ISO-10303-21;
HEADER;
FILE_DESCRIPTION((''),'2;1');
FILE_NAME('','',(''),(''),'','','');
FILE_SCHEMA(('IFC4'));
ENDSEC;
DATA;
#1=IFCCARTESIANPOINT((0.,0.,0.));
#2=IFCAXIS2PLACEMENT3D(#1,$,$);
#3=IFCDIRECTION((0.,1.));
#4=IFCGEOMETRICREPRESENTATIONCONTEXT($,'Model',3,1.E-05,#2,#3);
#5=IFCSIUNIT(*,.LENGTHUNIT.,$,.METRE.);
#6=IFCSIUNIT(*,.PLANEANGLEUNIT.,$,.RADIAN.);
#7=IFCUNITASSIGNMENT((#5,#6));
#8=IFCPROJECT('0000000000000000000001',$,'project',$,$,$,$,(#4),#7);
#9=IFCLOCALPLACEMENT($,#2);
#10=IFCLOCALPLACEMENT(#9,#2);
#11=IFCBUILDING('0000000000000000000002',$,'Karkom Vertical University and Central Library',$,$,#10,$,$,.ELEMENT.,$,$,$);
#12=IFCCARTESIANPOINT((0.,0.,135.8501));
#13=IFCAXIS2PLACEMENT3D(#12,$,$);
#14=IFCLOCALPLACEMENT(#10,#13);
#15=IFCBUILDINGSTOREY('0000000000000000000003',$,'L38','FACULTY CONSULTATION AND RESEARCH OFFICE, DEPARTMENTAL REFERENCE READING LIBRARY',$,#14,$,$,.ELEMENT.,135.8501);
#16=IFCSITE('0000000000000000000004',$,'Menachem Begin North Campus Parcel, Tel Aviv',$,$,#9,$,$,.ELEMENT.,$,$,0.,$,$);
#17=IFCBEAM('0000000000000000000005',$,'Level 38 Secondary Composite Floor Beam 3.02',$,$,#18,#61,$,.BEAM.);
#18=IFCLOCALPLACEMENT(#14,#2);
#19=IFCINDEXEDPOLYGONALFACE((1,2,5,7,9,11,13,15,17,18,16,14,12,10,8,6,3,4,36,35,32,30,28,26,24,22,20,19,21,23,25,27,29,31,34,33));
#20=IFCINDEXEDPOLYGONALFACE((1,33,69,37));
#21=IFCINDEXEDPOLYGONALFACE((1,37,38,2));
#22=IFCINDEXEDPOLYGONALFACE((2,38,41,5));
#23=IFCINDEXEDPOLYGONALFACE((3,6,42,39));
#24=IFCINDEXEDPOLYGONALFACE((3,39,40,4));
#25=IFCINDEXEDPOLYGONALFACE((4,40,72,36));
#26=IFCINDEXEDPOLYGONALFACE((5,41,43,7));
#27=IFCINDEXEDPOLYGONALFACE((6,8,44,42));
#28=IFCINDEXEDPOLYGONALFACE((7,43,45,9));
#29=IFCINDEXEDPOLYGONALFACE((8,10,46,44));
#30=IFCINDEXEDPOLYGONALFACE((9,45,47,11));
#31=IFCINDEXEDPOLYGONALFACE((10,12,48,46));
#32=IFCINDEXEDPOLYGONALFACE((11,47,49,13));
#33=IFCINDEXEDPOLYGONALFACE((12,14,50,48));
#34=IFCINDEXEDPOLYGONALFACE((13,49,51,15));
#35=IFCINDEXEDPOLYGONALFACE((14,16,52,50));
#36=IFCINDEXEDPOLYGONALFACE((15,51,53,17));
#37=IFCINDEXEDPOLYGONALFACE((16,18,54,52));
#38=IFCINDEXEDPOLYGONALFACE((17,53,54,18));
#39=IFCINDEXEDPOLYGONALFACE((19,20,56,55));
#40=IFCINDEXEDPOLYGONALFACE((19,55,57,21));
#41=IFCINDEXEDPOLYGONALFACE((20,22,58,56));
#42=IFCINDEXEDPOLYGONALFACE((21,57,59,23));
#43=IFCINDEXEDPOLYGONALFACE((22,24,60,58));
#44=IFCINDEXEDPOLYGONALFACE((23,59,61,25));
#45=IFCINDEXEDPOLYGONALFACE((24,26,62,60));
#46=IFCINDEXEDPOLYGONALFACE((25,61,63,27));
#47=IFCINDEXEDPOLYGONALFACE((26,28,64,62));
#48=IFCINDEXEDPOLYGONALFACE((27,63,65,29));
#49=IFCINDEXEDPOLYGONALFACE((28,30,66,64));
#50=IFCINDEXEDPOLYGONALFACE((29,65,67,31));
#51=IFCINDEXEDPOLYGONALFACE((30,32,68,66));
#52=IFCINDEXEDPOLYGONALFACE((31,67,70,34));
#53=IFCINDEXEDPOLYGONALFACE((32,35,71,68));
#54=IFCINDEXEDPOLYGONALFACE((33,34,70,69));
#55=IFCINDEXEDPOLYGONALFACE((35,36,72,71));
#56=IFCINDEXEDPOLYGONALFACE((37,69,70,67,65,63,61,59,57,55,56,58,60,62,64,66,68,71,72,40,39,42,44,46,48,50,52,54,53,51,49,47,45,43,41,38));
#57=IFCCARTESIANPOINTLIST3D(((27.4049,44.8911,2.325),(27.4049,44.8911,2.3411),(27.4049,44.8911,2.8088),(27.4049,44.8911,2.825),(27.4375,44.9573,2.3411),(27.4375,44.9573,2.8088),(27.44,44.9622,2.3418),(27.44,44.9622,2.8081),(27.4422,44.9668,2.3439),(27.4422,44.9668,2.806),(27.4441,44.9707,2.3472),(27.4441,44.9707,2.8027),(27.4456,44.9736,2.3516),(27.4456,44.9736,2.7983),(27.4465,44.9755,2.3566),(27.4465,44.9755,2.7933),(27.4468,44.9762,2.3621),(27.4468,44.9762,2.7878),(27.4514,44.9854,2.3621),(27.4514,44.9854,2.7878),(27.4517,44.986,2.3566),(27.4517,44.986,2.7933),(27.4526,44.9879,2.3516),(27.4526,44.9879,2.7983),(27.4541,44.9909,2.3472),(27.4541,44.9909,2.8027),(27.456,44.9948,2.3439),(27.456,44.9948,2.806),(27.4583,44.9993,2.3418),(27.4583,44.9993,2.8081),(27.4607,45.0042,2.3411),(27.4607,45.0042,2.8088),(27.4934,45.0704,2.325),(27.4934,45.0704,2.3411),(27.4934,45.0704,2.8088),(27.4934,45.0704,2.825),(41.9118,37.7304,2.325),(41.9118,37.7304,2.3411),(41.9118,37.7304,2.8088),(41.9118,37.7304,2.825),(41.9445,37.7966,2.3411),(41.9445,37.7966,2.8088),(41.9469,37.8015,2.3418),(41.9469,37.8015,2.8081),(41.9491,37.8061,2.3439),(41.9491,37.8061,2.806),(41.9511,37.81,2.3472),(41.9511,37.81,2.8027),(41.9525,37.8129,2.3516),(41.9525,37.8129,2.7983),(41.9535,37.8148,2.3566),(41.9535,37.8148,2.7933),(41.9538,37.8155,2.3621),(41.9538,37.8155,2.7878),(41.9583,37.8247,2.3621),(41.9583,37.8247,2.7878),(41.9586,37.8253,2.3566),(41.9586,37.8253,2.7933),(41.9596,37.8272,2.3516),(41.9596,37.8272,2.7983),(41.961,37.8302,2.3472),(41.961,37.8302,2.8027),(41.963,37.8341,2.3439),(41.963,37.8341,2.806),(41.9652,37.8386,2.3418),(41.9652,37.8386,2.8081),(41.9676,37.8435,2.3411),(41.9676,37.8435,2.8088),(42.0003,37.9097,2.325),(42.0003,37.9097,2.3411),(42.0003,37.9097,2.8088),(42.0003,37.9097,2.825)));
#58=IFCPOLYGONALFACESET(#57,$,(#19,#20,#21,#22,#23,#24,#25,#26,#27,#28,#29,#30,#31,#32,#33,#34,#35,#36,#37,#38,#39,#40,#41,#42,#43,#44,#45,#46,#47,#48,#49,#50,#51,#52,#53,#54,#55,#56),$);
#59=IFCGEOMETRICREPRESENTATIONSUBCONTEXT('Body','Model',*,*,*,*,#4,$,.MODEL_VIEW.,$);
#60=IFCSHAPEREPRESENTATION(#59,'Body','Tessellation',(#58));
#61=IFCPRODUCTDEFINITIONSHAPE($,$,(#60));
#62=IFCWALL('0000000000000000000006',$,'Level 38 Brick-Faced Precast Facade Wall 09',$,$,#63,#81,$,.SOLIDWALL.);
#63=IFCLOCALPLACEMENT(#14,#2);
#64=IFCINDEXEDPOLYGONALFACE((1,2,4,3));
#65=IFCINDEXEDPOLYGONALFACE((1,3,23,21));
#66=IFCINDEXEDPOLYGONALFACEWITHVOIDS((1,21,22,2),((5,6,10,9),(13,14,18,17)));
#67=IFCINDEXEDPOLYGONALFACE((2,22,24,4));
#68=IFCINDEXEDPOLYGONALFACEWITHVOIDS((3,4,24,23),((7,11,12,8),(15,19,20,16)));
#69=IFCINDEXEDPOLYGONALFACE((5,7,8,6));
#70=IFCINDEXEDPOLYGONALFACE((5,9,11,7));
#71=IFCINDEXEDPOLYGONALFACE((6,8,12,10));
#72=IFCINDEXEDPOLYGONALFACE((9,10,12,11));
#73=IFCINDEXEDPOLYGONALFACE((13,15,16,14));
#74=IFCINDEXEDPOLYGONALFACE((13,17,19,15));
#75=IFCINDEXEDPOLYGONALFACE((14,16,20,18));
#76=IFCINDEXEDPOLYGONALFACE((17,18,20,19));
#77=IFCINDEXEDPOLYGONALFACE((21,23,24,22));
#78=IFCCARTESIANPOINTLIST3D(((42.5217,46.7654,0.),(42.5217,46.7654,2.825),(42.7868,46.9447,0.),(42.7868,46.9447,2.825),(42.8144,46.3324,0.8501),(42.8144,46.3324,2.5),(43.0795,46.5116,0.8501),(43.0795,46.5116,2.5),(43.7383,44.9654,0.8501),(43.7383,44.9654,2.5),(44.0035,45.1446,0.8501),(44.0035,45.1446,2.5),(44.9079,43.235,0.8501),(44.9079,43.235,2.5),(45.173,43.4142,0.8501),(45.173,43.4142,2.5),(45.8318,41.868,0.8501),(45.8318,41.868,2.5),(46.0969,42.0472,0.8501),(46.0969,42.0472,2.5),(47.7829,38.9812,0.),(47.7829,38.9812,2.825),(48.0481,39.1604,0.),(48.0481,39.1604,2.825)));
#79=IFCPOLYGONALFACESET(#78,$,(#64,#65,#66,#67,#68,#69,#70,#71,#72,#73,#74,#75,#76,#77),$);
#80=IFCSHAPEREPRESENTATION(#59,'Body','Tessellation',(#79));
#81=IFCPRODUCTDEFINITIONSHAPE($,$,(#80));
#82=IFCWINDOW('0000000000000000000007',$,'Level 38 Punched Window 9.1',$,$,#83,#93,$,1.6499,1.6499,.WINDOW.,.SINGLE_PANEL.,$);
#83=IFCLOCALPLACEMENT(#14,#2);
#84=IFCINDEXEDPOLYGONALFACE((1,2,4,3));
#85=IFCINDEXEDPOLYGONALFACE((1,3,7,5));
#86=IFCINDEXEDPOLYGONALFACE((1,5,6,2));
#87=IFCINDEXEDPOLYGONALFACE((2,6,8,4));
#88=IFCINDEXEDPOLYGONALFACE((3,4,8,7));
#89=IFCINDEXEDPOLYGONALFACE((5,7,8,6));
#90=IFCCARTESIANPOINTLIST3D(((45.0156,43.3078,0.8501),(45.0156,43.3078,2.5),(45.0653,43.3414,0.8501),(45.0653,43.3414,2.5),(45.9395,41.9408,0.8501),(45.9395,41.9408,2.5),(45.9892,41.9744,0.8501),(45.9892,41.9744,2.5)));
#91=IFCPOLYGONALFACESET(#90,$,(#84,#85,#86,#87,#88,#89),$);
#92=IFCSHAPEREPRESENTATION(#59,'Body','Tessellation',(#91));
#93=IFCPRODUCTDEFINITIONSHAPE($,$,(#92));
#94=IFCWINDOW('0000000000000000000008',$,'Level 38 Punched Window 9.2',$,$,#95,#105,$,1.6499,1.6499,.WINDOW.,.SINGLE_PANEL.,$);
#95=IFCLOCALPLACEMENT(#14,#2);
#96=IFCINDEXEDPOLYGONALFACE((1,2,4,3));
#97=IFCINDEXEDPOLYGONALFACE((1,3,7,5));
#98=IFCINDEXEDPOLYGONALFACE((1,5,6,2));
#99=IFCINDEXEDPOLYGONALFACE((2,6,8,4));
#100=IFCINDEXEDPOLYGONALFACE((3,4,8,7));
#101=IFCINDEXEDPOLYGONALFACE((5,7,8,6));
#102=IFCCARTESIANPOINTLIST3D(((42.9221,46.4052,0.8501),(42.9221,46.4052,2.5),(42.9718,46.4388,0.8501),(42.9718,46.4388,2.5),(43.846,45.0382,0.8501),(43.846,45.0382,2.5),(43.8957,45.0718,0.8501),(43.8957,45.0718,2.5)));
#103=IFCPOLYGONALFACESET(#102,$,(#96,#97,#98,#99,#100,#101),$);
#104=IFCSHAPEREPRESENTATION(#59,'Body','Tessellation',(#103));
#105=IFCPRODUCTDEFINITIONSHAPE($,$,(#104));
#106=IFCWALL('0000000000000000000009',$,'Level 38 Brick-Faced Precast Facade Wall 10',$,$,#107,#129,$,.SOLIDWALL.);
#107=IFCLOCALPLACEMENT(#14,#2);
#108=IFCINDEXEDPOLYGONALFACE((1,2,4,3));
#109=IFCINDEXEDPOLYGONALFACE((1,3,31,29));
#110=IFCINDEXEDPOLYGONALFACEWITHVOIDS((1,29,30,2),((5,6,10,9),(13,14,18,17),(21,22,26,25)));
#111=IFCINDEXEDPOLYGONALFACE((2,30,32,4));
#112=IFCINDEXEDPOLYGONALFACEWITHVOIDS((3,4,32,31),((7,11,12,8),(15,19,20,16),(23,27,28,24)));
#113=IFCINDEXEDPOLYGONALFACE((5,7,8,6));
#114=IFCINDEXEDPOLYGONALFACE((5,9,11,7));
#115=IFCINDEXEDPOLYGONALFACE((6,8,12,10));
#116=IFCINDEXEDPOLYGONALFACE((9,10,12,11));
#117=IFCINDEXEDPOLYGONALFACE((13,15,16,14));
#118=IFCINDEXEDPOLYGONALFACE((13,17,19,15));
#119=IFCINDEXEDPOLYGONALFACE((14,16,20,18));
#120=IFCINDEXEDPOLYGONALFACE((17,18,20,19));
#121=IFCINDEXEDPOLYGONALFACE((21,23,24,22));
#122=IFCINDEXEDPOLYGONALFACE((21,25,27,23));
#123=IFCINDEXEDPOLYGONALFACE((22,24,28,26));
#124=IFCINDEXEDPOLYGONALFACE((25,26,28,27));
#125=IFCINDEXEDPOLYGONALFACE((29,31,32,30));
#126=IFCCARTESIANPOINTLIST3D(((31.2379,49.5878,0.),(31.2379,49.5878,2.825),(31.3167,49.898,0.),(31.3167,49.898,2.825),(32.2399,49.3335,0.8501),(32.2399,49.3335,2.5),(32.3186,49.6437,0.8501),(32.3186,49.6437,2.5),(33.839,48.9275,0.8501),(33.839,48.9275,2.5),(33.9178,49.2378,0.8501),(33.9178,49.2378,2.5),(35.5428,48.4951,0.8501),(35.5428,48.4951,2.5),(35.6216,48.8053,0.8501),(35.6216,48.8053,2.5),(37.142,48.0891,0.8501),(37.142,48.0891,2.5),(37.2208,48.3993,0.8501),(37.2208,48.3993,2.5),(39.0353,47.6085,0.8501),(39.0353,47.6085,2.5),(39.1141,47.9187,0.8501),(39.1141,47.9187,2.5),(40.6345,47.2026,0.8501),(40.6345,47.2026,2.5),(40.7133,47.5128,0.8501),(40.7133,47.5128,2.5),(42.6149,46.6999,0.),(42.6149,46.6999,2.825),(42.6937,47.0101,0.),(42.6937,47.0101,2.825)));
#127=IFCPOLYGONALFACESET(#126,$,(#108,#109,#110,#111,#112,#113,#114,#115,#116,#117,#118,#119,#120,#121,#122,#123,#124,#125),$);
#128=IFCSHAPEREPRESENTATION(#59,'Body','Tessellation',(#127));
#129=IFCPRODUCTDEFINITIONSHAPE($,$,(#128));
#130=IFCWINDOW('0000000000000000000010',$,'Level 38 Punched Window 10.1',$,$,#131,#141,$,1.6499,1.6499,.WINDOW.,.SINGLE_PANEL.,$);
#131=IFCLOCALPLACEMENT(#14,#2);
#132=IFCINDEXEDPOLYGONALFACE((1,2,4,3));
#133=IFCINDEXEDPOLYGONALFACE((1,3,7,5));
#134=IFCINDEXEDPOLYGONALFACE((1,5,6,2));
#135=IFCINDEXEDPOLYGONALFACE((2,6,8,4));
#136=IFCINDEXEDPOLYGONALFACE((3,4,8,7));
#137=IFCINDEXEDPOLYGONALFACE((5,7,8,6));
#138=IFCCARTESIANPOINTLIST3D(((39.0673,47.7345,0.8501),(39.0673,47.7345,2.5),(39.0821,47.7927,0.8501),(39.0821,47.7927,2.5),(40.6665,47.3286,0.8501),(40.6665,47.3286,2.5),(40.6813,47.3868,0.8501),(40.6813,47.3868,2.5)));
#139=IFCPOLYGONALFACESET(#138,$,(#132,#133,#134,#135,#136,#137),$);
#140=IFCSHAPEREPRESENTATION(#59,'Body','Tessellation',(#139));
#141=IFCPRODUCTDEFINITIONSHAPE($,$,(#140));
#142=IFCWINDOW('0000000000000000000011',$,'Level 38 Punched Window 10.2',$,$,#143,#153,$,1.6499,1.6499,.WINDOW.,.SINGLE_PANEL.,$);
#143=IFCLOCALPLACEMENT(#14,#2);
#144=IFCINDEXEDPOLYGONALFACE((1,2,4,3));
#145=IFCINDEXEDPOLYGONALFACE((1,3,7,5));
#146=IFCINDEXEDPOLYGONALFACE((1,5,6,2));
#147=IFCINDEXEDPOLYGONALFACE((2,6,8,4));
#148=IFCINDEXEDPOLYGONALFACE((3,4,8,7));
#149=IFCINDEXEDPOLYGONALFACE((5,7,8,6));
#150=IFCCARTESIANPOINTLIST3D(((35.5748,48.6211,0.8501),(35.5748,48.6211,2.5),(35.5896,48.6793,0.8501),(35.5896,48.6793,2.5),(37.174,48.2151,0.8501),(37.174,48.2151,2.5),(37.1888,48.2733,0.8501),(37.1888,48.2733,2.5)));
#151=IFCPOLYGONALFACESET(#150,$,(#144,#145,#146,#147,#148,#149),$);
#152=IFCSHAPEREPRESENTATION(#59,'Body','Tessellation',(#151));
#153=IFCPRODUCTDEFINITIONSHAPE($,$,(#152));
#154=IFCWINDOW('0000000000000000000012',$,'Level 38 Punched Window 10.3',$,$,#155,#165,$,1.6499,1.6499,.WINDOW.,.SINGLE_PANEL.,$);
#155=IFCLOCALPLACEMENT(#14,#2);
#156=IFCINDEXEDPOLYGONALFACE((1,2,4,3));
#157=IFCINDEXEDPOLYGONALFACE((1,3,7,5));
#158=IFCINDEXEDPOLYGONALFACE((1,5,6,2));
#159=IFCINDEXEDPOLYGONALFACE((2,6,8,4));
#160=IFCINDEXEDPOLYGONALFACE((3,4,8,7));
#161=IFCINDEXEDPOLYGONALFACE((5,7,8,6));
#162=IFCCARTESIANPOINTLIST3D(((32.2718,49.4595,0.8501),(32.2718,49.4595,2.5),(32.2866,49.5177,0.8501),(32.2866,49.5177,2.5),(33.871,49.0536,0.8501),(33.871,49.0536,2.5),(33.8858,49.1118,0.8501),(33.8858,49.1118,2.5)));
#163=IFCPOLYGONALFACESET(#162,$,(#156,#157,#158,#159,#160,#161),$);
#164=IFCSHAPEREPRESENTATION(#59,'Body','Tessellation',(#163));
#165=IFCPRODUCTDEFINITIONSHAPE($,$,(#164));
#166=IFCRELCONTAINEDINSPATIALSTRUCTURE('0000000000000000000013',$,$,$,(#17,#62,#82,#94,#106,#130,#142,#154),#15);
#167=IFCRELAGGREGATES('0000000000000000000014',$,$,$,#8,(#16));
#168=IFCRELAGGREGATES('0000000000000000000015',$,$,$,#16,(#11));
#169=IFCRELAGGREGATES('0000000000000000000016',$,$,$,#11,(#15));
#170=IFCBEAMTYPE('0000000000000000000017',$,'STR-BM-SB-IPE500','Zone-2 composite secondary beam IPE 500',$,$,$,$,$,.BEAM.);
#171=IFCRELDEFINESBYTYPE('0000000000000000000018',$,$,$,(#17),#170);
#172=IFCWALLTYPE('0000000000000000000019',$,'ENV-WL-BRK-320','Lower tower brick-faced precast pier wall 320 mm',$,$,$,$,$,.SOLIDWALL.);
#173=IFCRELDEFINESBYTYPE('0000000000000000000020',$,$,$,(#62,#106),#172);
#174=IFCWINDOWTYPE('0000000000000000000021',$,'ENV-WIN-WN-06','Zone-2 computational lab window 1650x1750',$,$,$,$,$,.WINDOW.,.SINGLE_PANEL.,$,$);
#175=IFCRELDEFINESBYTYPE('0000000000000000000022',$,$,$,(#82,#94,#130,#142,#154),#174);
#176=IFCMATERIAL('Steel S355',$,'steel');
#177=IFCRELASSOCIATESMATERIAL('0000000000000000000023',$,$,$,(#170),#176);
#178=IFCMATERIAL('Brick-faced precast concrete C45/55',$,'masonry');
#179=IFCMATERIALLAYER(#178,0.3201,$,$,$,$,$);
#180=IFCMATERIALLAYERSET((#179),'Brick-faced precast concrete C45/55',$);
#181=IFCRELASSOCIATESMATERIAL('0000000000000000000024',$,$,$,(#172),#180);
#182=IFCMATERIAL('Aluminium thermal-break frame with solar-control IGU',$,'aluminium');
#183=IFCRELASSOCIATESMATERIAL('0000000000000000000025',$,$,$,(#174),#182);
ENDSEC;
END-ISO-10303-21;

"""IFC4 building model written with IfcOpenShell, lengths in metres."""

from ifc_helpers import new_model, si_unit, direction, frame, frame_2d, origin, origin_with_axes, origin_2d, place, context, subcontext, project, spatial, rectangle, i_section, extrude, source, transform, mapped, material, layer, layer_set, material_profile, profile_set, type_object, element, fill, save


model = new_model("IFC4")

# Units and contexts
model_context = context("Model", 3, precision=1e-05, world=origin(), true_north=direction((0.0, 1.0)))
body_context = subcontext(model_context, "Body", "Model", "MODEL_VIEW")
ifc_project = project(units=[si_unit("LENGTHUNIT", "METRE"), si_unit("PLANEANGLEUNIT", "RADIAN")], contexts=[model_context])

# Site, building, storey
site_placement = place(None, origin())
site = spatial("IfcSite", under=ifc_project, at=site_placement, Name="Menachem Begin North Campus Parcel, Tel Aviv", CompositionType="ELEMENT", RefElevation=0.0)
building_placement = place(site_placement, origin())
building = spatial("IfcBuilding", under=site, at=building_placement, Name="Karkom Vertical University and Central Library", CompositionType="ELEMENT")
storey_placement = place(building_placement, frame((0.0, 0.0, 135.8501)))
storey = spatial("IfcBuildingStorey", under=building, at=storey_placement, Name="L38", Description="FACULTY CONSULTATION AND RESEARCH OFFICE, DEPARTMENTAL REFERENCE READING LIBRARY", CompositionType="ELEMENT", Elevation=135.8501)

# Beam
ifc_material_1 = material(Name="Steel S355", Category="steel")
ifc_material_profile_1 = material_profile(ifc_material_1, i_section(OverallWidth=0.2, OverallDepth=0.5, WebThickness=0.0103, FlangeThickness=0.0161, FilletRadius=0.021, at=origin_2d()), Name="IPE 500")
ifc_profile_set_1 = profile_set([ifc_material_profile_1], Name="Steel S355")
beam_type_1 = type_object("IfcBeamType", Name="STR-BM-SB-IPE500", Description="Zone-2 composite secondary beam IPE 500", PredefinedType="BEAM", material=ifc_profile_set_1)
shared_shape_1 = source(origin_with_axes(), body_context, "Body", "SweptSolid", [
    extrude(i_section(OverallWidth=0.2, OverallDepth=0.5, WebThickness=0.0103, FlangeThickness=0.0161, FilletRadius=0.021, at=origin_2d()), origin(), (0.0, 0.0, 1.0), 16.178),
])
beam_1_placement = place(storey_placement, frame((41.9561, 37.8201, 2.575), z_axis=(-0.896709, 0.44262, 0.0), x_axis=(-0.44262, -0.896709, 0.0)))
element("IfcBeam", 1, at=beam_1_placement, inside=storey, type_object=beam_type_1, Name="Level 38 Secondary Composite Floor Beam 3.02", PredefinedType="BEAM", context=body_context, shape_type="MappedRepresentation", body=[
    mapped(shared_shape_1, transform((0.0, 0.0, 0.0), scale=1.0)),
])

# Walls, openings, windows
ifc_material_2 = material(Name="Brick-faced precast concrete C45/55", Category="masonry")
ifc_layer_1 = layer(ifc_material_2, 0.3201)
ifc_layer_set_1 = layer_set([ifc_layer_1], Name="Brick-faced precast concrete C45/55")
wall_type_1 = type_object("IfcWallType", Name="ENV-WL-BRK-320", Description="Lower tower brick-faced precast pier wall 320 mm", PredefinedType="SOLIDWALL", material=ifc_layer_set_1)
wall_1_placement = place(storey_placement, frame((47.9155, 39.0708, 0.0), z_axis=(0.0, 0.0, 1.0), x_axis=(-0.559978, 0.828508, 0.0)))
wall_1 = element("IfcWall", 2, at=wall_1_placement, inside=storey, type_object=wall_type_1, Name="Level 38 Brick-Faced Precast Facade Wall 09", PredefinedType="SOLIDWALL", context=body_context, shape_type="SweptSolid", body=[
    extrude(rectangle(XDim=9.3955, YDim=0.3201, at=frame_2d((4.6978, 0.0))), origin(), (0.0, 0.0, 1.0), 2.825),
])
opening_1_placement = place(wall_1_placement, frame((3.4844, 0.0, 0.8501)))
opening_1 = element("IfcOpeningElement", 3, at=opening_1_placement, cuts=wall_1, PredefinedType="OPENING", context=body_context, shape_type="SweptSolid", body=[
    extrude(rectangle(XDim=1.6499, YDim=1.6499, at=frame_2d((0.825, 0.825))), frame((0.0, 0.1699, 0.0), z_axis=(0.0, -1.0, 0.0), x_axis=(1.0, 0.0, 0.0)), (0.0, 0.0, 1.0), 0.3401),
])
opening_2_placement = place(wall_1_placement, frame((7.2229, 0.0, 0.8501)))
opening_2 = element("IfcOpeningElement", 4, at=opening_2_placement, cuts=wall_1, PredefinedType="OPENING", context=body_context, shape_type="SweptSolid", body=[
    extrude(rectangle(XDim=1.6499, YDim=1.6499, at=frame_2d((0.825, 0.825))), frame((0.0, 0.1699, 0.0), z_axis=(0.0, -1.0, 0.0), x_axis=(1.0, 0.0, 0.0)), (0.0, 0.0, 1.0), 0.3401),
])
ifc_material_3 = material(Name="Aluminium thermal-break frame with solar-control IGU", Category="aluminium")
window_type = type_object("IfcWindowType", Name="ENV-WIN-WN-06", Description="Zone-2 computational lab window 1650x1750", PartitioningType="SINGLE_PANEL", PredefinedType="WINDOW", material=ifc_material_3)
shared_shape_2 = source(origin_with_axes(), body_context, "Body", "SweptSolid", [
    extrude(rectangle(XDim=1.6499, YDim=1.6499, at=frame_2d((0.825, 0.825))), frame((0.0, 0.03, 0.0), z_axis=(0.0, -1.0, 0.0), x_axis=(1.0, 0.0, 0.0)), (0.0, 0.0, 1.0), 0.0601),
])
window_1_placement = place(opening_1_placement, origin())
window_1 = element("IfcWindow", 5, at=window_1_placement, inside=storey, type_object=window_type, Name="Level 38 Punched Window 9.1", OverallHeight=1.6499, OverallWidth=1.6499, PartitioningType="SINGLE_PANEL", PredefinedType="WINDOW", context=body_context, shape_type="MappedRepresentation", body=[
    mapped(shared_shape_2, transform((0.0, 0.0, 0.0), scale=1.0)),
])
fill(opening_1, window_1)
window_2_placement = place(opening_2_placement, origin())
window_2 = element("IfcWindow", 6, at=window_2_placement, inside=storey, type_object=window_type, Name="Level 38 Punched Window 9.2", OverallHeight=1.6499, OverallWidth=1.6499, PartitioningType="SINGLE_PANEL", PredefinedType="WINDOW", context=body_context, shape_type="MappedRepresentation", body=[
    mapped(shared_shape_2, transform((0.0, 0.0, 0.0), scale=1.0)),
])
fill(opening_2, window_2)
wall_2_placement = place(storey_placement, frame((42.6543, 46.855, 0.0), z_axis=(0.0, 0.0, 1.0), x_axis=(-0.96926, 0.246038, 0.0)))
wall_2 = element("IfcWall", 7, at=wall_2_placement, inside=storey, type_object=wall_type_1, Name="Level 38 Brick-Faced Precast Facade Wall 10", PredefinedType="SOLIDWALL", context=body_context, shape_type="SweptSolid", body=[
    extrude(rectangle(XDim=11.7378, YDim=0.3201, at=frame_2d((5.8689, 0.0))), origin(), (0.0, 0.0, 1.0), 2.825),
])
opening_3_placement = place(wall_2_placement, frame((2.0432, 0.0, 0.8501)))
opening_3 = element("IfcOpeningElement", 8, at=opening_3_placement, cuts=wall_2, PredefinedType="OPENING", context=body_context, shape_type="SweptSolid", body=[
    extrude(rectangle(XDim=1.6499, YDim=1.6499, at=frame_2d((0.825, 0.825))), frame((0.0, 0.1699, 0.0), z_axis=(0.0, -1.0, 0.0), x_axis=(1.0, 0.0, 0.0)), (0.0, 0.0, 1.0), 0.3401),
])
opening_4_placement = place(wall_2_placement, frame((5.6465, 0.0, 0.8501)))
opening_4 = element("IfcOpeningElement", 9, at=opening_4_placement, cuts=wall_2, PredefinedType="OPENING", context=body_context, shape_type="SweptSolid", body=[
    extrude(rectangle(XDim=1.6499, YDim=1.6499, at=frame_2d((0.825, 0.825))), frame((0.0, 0.1699, 0.0), z_axis=(0.0, -1.0, 0.0), x_axis=(1.0, 0.0, 0.0)), (0.0, 0.0, 1.0), 0.3401),
])
opening_5_placement = place(wall_2_placement, frame((9.0542, 0.0, 0.8501)))
opening_5 = element("IfcOpeningElement", 10, at=opening_5_placement, cuts=wall_2, PredefinedType="OPENING", context=body_context, shape_type="SweptSolid", body=[
    extrude(rectangle(XDim=1.6499, YDim=1.6499, at=frame_2d((0.825, 0.825))), frame((0.0, 0.1699, 0.0), z_axis=(0.0, -1.0, 0.0), x_axis=(1.0, 0.0, 0.0)), (0.0, 0.0, 1.0), 0.3401),
])
window_3_placement = place(opening_3_placement, origin())
window_3 = element("IfcWindow", 11, at=window_3_placement, inside=storey, type_object=window_type, Name="Level 38 Punched Window 10.1", OverallHeight=1.6499, OverallWidth=1.6499, PartitioningType="SINGLE_PANEL", PredefinedType="WINDOW", context=body_context, shape_type="MappedRepresentation", body=[
    mapped(shared_shape_2, transform((0.0, 0.0, 0.0), scale=1.0)),
])
fill(opening_3, window_3)
window_4_placement = place(opening_4_placement, origin())
window_4 = element("IfcWindow", 12, at=window_4_placement, inside=storey, type_object=window_type, Name="Level 38 Punched Window 10.2", OverallHeight=1.6499, OverallWidth=1.6499, PartitioningType="SINGLE_PANEL", PredefinedType="WINDOW", context=body_context, shape_type="MappedRepresentation", body=[
    mapped(shared_shape_2, transform((0.0, 0.0, 0.0), scale=1.0)),
])
fill(opening_4, window_4)
window_5_placement = place(opening_5_placement, origin())
window_5 = element("IfcWindow", 13, at=window_5_placement, inside=storey, type_object=window_type, Name="Level 38 Punched Window 10.3", OverallHeight=1.6499, OverallWidth=1.6499, PartitioningType="SINGLE_PANEL", PredefinedType="WINDOW", context=body_context, shape_type="MappedRepresentation", body=[
    mapped(shared_shape_2, transform((0.0, 0.0, 0.0), scale=1.0)),
])
fill(opening_5, window_5)

save(model, "model.ifc")
